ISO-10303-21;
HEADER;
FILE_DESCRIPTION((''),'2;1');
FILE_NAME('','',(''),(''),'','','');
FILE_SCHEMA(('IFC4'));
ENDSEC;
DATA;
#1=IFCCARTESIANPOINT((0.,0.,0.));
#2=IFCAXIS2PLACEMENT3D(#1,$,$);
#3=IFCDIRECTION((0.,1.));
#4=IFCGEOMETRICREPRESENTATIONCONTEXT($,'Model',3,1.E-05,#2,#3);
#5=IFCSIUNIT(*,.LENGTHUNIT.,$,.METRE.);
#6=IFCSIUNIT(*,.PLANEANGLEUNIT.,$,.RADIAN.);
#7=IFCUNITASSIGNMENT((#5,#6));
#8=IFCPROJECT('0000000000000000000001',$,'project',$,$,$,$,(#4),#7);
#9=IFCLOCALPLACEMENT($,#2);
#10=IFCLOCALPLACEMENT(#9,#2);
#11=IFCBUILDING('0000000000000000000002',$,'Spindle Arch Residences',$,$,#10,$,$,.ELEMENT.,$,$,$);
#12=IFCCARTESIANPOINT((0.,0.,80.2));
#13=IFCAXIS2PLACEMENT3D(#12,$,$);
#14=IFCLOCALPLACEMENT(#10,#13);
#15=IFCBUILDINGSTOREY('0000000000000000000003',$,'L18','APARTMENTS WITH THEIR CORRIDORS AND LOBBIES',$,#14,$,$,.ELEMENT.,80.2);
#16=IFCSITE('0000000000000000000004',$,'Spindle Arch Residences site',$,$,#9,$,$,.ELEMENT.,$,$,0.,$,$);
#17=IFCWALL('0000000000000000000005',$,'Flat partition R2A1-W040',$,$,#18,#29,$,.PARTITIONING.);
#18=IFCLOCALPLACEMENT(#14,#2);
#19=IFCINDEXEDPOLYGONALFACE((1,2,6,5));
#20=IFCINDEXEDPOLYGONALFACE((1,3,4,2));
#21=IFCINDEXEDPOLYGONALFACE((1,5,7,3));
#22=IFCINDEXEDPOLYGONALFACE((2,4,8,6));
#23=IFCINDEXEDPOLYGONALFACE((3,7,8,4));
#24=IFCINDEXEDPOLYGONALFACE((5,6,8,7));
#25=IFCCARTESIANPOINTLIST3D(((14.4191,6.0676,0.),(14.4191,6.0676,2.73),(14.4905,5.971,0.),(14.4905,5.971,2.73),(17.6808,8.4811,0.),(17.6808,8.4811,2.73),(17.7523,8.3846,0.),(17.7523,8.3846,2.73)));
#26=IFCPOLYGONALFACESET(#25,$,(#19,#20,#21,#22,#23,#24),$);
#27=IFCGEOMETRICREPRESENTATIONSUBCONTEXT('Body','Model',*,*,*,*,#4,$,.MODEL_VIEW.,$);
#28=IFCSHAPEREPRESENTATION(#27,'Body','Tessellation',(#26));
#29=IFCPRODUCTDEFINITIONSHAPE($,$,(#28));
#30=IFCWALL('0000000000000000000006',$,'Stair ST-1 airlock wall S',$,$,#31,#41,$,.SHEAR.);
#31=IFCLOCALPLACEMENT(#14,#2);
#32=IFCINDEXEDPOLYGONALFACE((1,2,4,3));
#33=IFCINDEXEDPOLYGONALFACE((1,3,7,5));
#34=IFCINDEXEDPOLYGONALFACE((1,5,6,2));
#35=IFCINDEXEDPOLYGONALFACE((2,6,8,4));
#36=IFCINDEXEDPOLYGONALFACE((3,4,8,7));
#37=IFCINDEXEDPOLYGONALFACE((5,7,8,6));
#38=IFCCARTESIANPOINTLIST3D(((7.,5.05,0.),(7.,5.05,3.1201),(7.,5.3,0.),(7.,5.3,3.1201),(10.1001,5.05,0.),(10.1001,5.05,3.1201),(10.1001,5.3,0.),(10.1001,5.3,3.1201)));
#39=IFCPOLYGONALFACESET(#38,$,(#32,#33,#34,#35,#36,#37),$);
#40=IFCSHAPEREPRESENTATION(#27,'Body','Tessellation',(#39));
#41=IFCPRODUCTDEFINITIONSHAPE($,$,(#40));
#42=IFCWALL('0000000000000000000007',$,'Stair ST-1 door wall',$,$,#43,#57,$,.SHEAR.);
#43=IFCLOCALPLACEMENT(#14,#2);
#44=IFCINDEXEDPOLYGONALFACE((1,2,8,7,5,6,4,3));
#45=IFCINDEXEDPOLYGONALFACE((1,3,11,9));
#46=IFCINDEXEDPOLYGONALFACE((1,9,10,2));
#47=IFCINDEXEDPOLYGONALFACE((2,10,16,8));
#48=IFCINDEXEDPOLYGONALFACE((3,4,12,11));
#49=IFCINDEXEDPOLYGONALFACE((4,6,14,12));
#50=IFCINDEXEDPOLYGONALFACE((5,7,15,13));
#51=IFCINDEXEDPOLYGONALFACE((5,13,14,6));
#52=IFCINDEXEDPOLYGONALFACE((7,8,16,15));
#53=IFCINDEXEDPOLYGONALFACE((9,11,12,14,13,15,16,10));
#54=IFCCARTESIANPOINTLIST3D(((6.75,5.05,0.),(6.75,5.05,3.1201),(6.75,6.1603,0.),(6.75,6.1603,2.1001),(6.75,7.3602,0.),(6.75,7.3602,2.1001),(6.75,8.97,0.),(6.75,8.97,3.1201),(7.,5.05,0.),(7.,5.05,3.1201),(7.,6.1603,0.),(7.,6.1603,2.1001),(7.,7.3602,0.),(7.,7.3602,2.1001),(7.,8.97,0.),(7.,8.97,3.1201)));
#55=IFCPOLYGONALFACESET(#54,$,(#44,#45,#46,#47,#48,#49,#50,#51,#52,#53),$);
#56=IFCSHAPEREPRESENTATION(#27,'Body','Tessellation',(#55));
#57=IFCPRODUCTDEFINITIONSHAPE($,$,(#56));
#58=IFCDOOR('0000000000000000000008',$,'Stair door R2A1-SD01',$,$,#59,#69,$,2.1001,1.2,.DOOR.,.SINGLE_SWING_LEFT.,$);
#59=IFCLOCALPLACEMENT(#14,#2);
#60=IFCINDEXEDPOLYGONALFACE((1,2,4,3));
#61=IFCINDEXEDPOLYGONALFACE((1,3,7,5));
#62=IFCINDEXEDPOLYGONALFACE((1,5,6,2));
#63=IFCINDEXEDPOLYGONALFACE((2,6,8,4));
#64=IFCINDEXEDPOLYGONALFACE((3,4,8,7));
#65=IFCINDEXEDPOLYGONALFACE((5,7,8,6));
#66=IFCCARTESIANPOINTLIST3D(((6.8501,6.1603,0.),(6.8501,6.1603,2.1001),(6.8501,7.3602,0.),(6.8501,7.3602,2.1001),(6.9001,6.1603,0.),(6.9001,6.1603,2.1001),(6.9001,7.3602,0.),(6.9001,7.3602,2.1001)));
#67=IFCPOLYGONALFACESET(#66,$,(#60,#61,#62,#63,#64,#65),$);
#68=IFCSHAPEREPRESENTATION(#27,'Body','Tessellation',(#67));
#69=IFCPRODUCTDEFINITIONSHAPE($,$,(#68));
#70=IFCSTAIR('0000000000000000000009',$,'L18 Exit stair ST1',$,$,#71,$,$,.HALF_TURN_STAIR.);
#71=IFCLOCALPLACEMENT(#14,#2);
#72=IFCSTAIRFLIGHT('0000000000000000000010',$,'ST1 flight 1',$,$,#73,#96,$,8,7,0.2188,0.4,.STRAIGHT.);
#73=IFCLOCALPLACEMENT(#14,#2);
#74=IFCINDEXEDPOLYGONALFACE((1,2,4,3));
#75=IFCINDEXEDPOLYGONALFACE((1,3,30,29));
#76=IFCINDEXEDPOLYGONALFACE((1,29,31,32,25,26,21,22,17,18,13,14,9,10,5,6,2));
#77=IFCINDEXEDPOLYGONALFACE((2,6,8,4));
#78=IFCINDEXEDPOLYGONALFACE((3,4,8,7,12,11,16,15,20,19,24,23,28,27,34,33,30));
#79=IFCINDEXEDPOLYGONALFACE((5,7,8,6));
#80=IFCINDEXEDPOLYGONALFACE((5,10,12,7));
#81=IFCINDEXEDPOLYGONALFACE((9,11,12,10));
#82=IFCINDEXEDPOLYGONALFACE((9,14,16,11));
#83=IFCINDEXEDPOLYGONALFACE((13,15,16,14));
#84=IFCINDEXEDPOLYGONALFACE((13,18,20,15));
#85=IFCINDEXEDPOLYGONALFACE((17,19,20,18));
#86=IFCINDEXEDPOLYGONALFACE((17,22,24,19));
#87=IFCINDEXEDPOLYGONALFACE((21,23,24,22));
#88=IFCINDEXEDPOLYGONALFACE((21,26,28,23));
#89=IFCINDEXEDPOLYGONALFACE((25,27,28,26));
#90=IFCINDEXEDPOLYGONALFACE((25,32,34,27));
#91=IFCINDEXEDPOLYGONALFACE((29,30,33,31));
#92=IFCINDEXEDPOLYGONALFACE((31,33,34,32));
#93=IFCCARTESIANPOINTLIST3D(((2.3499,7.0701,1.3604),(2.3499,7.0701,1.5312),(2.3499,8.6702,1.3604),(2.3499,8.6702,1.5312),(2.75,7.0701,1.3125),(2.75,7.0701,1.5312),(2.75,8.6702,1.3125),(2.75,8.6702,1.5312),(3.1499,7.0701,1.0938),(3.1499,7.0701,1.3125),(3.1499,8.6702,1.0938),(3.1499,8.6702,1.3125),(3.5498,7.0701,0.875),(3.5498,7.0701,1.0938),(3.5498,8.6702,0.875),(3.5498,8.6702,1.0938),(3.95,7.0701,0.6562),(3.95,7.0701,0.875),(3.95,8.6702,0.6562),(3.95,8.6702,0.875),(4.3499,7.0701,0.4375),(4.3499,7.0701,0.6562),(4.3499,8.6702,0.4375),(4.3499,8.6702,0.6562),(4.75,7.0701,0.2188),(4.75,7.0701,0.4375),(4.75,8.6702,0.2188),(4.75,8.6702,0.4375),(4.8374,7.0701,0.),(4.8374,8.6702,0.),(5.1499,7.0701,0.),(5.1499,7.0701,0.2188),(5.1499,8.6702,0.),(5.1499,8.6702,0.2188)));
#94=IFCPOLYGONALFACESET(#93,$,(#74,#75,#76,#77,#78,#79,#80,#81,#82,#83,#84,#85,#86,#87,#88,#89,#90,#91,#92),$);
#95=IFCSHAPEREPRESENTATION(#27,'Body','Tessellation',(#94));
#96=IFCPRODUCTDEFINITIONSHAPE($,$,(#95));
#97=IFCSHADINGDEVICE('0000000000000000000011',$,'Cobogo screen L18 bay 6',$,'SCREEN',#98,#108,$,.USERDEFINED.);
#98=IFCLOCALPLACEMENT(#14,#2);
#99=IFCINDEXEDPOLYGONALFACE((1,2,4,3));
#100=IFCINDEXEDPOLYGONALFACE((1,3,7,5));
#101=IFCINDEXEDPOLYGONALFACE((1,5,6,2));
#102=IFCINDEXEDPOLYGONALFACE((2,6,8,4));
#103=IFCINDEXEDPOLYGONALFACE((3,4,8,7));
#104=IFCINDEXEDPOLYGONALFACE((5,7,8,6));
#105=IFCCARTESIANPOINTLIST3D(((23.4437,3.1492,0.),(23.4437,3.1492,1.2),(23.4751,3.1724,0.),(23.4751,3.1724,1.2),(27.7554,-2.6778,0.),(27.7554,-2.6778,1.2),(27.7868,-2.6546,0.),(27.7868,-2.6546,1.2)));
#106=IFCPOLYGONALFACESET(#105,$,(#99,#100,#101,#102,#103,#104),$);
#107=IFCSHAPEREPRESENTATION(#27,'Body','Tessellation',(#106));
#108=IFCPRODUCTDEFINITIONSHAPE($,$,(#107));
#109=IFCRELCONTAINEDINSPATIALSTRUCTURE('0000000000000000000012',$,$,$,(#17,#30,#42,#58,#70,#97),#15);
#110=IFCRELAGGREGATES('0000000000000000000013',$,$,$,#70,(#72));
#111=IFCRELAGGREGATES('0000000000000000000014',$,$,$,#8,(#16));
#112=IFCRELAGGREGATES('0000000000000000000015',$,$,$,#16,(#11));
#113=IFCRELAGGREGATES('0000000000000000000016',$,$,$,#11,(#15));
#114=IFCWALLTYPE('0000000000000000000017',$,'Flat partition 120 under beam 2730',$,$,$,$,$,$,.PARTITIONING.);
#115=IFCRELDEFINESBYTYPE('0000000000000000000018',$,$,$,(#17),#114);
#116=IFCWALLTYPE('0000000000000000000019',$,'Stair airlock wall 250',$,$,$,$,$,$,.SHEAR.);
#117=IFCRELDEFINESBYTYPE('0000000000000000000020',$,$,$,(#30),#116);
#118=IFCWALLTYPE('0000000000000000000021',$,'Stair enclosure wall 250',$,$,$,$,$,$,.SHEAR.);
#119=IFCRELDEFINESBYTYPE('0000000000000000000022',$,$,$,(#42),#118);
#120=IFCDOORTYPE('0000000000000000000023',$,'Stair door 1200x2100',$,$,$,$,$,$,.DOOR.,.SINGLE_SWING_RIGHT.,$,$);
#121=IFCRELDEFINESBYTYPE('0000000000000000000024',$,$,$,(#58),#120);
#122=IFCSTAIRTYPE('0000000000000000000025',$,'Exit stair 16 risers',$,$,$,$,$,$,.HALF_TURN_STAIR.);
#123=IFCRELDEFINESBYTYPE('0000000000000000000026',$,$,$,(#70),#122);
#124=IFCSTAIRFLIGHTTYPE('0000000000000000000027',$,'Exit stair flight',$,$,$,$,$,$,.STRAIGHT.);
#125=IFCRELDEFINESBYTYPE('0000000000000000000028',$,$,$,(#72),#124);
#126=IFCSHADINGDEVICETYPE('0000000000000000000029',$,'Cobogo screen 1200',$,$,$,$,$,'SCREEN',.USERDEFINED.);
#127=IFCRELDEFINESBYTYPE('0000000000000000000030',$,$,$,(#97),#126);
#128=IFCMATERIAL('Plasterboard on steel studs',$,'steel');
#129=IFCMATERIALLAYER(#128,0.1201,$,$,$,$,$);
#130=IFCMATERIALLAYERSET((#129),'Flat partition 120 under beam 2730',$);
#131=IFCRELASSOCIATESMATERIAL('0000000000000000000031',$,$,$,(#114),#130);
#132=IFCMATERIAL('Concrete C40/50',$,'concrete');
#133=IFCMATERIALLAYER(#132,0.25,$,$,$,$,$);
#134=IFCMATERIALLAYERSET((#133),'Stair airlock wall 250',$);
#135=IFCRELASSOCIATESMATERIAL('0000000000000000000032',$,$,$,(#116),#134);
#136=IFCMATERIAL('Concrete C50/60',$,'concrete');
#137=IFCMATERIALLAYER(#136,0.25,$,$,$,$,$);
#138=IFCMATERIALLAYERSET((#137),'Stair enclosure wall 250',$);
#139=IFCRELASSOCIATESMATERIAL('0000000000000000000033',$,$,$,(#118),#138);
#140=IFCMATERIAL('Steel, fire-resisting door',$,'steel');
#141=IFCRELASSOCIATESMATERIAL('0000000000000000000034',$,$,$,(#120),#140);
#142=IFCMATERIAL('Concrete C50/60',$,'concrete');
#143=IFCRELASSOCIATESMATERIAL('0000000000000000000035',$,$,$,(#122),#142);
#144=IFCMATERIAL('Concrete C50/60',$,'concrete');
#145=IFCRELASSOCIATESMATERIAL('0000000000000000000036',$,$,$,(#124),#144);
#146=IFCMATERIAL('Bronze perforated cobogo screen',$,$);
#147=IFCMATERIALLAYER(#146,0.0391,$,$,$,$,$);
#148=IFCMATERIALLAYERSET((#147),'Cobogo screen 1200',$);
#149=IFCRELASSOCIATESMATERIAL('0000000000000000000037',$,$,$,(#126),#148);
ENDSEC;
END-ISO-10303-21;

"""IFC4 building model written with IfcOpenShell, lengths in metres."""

from ifc_helpers import new_model, si_unit, direction, frame, frame_2d, origin, origin_2d, place, context, subcontext, project, spatial, polyline, rectangle, outline, extrude, material, layer, layer_set, type_object, element, fill, aggregate, save


model = new_model("IFC4")

# Units and contexts
model_context = context("Model", 3, precision=1e-05, world=origin(), true_north=direction((0.0, 1.0)))
body_context = subcontext(model_context, "Body", "Model", "MODEL_VIEW")
ifc_project = project(units=[si_unit("LENGTHUNIT", "METRE"), si_unit("PLANEANGLEUNIT", "RADIAN")], contexts=[model_context])

# Site, building, storey
site_placement = place(None, origin())
site = spatial("IfcSite", under=ifc_project, at=site_placement, Name="Spindle Arch Residences site", CompositionType="ELEMENT", RefElevation=0.0)
building_placement = place(site_placement, origin())
building = spatial("IfcBuilding", under=site, at=building_placement, Name="Spindle Arch Residences", CompositionType="ELEMENT")
storey_placement = place(building_placement, frame((0.0, 0.0, 80.2)))
storey = spatial("IfcBuildingStorey", under=building, at=storey_placement, Name="L18", Description="APARTMENTS WITH THEIR CORRIDORS AND LOBBIES", CompositionType="ELEMENT", Elevation=80.2)

# Walls
ifc_material_1 = material(Name="Plasterboard on steel studs", Category="steel")
ifc_layer_1 = layer(ifc_material_1, 0.1201)
ifc_layer_set_1 = layer_set([ifc_layer_1], Name="Flat partition 120 under beam 2730")
wall_type_1 = type_object("IfcWallType", Name="Flat partition 120 under beam 2730", PredefinedType="PARTITIONING", material=ifc_layer_set_1)
wall_1_placement = place(storey_placement, frame((17.7166, 8.4329, 0.0), z_axis=(0.0, 0.0, 1.0), x_axis=(-0.803853, -0.594827, 0.0)))
element("IfcWall", 1, at=wall_1_placement, inside=storey, type_object=wall_type_1, Name="Flat partition R2A1-W040", PredefinedType="PARTITIONING", context=body_context, shape_type="SweptSolid", body=[
    extrude(rectangle(XDim=4.0576, YDim=0.1201, at=frame_2d((2.0288, 0.0))), origin(), (0.0, 0.0, 1.0), 2.73),
])
ifc_material_2 = material(Name="Concrete C40/50", Category="concrete")
ifc_layer_2 = layer(ifc_material_2, 0.25)
ifc_layer_set_2 = layer_set([ifc_layer_2], Name="Stair airlock wall 250")
wall_type_2 = type_object("IfcWallType", Name="Stair airlock wall 250", PredefinedType="SHEAR", material=ifc_layer_set_2)
wall_2_placement = place(storey_placement, frame((7.0, 5.175, 0.0), z_axis=(0.0, 0.0, 1.0), x_axis=(1.0, 0.0, 0.0)))
element("IfcWall", 2, at=wall_2_placement, inside=storey, type_object=wall_type_2, Name="Stair ST-1 airlock wall S", PredefinedType="SHEAR", context=body_context, shape_type="SweptSolid", body=[
    extrude(rectangle(XDim=3.1001, YDim=0.25, at=frame_2d((1.55, 0.0))), origin(), (0.0, 0.0, 1.0), 3.1201),
])

# Wall, opening, door
ifc_material_3 = material(Name="Concrete C50/60", Category="concrete")
ifc_layer_3 = layer(ifc_material_3, 0.25)
ifc_layer_set_3 = layer_set([ifc_layer_3], Name="Stair enclosure wall 250")
wall_type_3 = type_object("IfcWallType", Name="Stair enclosure wall 250", PredefinedType="SHEAR", material=ifc_layer_set_3)
wall_3_placement = place(storey_placement, frame((6.875, 5.05, 0.0), z_axis=(0.0, 0.0, 1.0), x_axis=(0.0, 1.0, 0.0)))
wall_3 = element("IfcWall", 3, at=wall_3_placement, inside=storey, type_object=wall_type_3, Name="Stair ST-1 door wall", PredefinedType="SHEAR", context=body_context, shape_type="SweptSolid", body=[
    extrude(rectangle(XDim=3.9199, YDim=0.25, at=frame_2d((1.96, 0.0))), origin(), (0.0, 0.0, 1.0), 3.1201),
])
opening_1_placement = place(wall_3_placement, frame((1.1101, 0.0, 0.0)))
opening_1 = element("IfcOpeningElement", 4, at=opening_1_placement, cuts=wall_3, PredefinedType="OPENING", context=body_context, shape_type="SweptSolid", body=[
    extrude(rectangle(XDim=1.2, YDim=2.1001, at=frame_2d((0.6001, 1.05))), frame((0.0, 0.135, 0.0), z_axis=(0.0, -1.0, 0.0), x_axis=(1.0, 0.0, 0.0)), (0.0, 0.0, 1.0), 0.27),
])
ifc_material_4 = material(Name="Steel, fire-resisting door", Category="steel")
door_type_1 = type_object("IfcDoorType", Name="Stair door 1200x2100", OperationType="SINGLE_SWING_RIGHT", PredefinedType="DOOR", material=ifc_material_4)
door_1_placement = place(opening_1_placement, origin())
door_1 = element("IfcDoor", 5, at=door_1_placement, inside=storey, type_object=door_type_1, Name="Stair door R2A1-SD01", OperationType="SINGLE_SWING_LEFT", OverallHeight=2.1001, OverallWidth=1.2, PredefinedType="DOOR", context=body_context, shape_type="SweptSolid", body=[
    extrude(rectangle(XDim=1.2, YDim=2.1001, at=frame_2d((0.6001, 1.05))), frame((0.0, 0.0249, 0.0), z_axis=(0.0, -1.0, 0.0), x_axis=(1.0, 0.0, 0.0)), (0.0, 0.0, 1.0), 0.05),
])
fill(opening_1, door_1)

# Stair, stair flight
ifc_material_5 = material(Name="Concrete C50/60", Category="concrete")
stair_type = type_object("IfcStairType", Name="Exit stair 16 risers", PredefinedType="HALF_TURN_STAIR", material=ifc_material_5)
stair_placement = place(storey_placement, origin())
stair = element("IfcStair", 6, at=stair_placement, inside=storey, type_object=stair_type, Name="L18 Exit stair ST1", PredefinedType="HALF_TURN_STAIR")
ifc_material_6 = material(Name="Concrete C50/60", Category="concrete")
stair_flight_type = type_object("IfcStairFlightType", Name="Exit stair flight", PredefinedType="STRAIGHT", material=ifc_material_6)
stair_flight_placement = place(storey_placement, frame((5.1499, 7.8701, 0.0), z_axis=(0.0, 0.0, 1.0), x_axis=(-1.0, 0.0, 0.0)))
stair_flight = element("IfcStairFlight", 7, at=stair_flight_placement, type_object=stair_flight_type, Name="ST1 flight 1", NumberOfRisers=8, NumberOfTreads=7, PredefinedType="STRAIGHT", RiserHeight=0.2188, TreadLength=0.4, context=body_context, shape_type="SweptSolid", body=[
    extrude(outline(polyline([(0.0, 0.0), (0.0, 0.2188), (0.3999, 0.2188), (0.3999, 0.4375), (0.8, 0.4375), (0.8, 0.6562), (1.2, 0.6562), (1.2, 0.875), (1.6001, 0.875), (1.6001, 1.0938), (2.0, 1.0938), (2.0, 1.3125), (2.3999, 1.3125), (2.3999, 1.5312), (2.8, 1.5312), (2.8, 1.75), (2.8, 1.3604), (0.3125, 0.0), (0.0, 0.0)])), frame((0.0, 0.8, 0.0), z_axis=(0.0, -1.0, 0.0), x_axis=(1.0, 0.0, 0.0)), (0.0, 0.0, 1.0), 1.6001),
])
aggregate(stair, [stair_flight])

# Shading device
ifc_material_7 = material(Name="Bronze perforated cobogo screen")
ifc_layer_4 = layer(ifc_material_7, 0.0391)
ifc_layer_set_4 = layer_set([ifc_layer_4], Name="Cobogo screen 1200")
shading_device_type = type_object("IfcShadingDeviceType", Name="Cobogo screen 1200", ElementType="SCREEN", PredefinedType="USERDEFINED", material=ifc_layer_set_4)
shading_device_placement = place(storey_placement, frame((25.6152, 0.2473, 0.0), z_axis=(0.0, 0.0, 1.0), x_axis=(-0.594823, 0.803857, 0.0)))
element("IfcShadingDevice", 8, at=shading_device_placement, inside=storey, type_object=shading_device_type, Name="Cobogo screen L18 bay 6", ObjectType="SCREEN", PredefinedType="USERDEFINED", context=body_context, shape_type="SweptSolid", body=[
    extrude(rectangle(XDim=7.2488, YDim=0.0391, at=origin_2d()), origin(), (0.0, 0.0, 1.0), 1.2),
])

save(model, "model.ifc")
